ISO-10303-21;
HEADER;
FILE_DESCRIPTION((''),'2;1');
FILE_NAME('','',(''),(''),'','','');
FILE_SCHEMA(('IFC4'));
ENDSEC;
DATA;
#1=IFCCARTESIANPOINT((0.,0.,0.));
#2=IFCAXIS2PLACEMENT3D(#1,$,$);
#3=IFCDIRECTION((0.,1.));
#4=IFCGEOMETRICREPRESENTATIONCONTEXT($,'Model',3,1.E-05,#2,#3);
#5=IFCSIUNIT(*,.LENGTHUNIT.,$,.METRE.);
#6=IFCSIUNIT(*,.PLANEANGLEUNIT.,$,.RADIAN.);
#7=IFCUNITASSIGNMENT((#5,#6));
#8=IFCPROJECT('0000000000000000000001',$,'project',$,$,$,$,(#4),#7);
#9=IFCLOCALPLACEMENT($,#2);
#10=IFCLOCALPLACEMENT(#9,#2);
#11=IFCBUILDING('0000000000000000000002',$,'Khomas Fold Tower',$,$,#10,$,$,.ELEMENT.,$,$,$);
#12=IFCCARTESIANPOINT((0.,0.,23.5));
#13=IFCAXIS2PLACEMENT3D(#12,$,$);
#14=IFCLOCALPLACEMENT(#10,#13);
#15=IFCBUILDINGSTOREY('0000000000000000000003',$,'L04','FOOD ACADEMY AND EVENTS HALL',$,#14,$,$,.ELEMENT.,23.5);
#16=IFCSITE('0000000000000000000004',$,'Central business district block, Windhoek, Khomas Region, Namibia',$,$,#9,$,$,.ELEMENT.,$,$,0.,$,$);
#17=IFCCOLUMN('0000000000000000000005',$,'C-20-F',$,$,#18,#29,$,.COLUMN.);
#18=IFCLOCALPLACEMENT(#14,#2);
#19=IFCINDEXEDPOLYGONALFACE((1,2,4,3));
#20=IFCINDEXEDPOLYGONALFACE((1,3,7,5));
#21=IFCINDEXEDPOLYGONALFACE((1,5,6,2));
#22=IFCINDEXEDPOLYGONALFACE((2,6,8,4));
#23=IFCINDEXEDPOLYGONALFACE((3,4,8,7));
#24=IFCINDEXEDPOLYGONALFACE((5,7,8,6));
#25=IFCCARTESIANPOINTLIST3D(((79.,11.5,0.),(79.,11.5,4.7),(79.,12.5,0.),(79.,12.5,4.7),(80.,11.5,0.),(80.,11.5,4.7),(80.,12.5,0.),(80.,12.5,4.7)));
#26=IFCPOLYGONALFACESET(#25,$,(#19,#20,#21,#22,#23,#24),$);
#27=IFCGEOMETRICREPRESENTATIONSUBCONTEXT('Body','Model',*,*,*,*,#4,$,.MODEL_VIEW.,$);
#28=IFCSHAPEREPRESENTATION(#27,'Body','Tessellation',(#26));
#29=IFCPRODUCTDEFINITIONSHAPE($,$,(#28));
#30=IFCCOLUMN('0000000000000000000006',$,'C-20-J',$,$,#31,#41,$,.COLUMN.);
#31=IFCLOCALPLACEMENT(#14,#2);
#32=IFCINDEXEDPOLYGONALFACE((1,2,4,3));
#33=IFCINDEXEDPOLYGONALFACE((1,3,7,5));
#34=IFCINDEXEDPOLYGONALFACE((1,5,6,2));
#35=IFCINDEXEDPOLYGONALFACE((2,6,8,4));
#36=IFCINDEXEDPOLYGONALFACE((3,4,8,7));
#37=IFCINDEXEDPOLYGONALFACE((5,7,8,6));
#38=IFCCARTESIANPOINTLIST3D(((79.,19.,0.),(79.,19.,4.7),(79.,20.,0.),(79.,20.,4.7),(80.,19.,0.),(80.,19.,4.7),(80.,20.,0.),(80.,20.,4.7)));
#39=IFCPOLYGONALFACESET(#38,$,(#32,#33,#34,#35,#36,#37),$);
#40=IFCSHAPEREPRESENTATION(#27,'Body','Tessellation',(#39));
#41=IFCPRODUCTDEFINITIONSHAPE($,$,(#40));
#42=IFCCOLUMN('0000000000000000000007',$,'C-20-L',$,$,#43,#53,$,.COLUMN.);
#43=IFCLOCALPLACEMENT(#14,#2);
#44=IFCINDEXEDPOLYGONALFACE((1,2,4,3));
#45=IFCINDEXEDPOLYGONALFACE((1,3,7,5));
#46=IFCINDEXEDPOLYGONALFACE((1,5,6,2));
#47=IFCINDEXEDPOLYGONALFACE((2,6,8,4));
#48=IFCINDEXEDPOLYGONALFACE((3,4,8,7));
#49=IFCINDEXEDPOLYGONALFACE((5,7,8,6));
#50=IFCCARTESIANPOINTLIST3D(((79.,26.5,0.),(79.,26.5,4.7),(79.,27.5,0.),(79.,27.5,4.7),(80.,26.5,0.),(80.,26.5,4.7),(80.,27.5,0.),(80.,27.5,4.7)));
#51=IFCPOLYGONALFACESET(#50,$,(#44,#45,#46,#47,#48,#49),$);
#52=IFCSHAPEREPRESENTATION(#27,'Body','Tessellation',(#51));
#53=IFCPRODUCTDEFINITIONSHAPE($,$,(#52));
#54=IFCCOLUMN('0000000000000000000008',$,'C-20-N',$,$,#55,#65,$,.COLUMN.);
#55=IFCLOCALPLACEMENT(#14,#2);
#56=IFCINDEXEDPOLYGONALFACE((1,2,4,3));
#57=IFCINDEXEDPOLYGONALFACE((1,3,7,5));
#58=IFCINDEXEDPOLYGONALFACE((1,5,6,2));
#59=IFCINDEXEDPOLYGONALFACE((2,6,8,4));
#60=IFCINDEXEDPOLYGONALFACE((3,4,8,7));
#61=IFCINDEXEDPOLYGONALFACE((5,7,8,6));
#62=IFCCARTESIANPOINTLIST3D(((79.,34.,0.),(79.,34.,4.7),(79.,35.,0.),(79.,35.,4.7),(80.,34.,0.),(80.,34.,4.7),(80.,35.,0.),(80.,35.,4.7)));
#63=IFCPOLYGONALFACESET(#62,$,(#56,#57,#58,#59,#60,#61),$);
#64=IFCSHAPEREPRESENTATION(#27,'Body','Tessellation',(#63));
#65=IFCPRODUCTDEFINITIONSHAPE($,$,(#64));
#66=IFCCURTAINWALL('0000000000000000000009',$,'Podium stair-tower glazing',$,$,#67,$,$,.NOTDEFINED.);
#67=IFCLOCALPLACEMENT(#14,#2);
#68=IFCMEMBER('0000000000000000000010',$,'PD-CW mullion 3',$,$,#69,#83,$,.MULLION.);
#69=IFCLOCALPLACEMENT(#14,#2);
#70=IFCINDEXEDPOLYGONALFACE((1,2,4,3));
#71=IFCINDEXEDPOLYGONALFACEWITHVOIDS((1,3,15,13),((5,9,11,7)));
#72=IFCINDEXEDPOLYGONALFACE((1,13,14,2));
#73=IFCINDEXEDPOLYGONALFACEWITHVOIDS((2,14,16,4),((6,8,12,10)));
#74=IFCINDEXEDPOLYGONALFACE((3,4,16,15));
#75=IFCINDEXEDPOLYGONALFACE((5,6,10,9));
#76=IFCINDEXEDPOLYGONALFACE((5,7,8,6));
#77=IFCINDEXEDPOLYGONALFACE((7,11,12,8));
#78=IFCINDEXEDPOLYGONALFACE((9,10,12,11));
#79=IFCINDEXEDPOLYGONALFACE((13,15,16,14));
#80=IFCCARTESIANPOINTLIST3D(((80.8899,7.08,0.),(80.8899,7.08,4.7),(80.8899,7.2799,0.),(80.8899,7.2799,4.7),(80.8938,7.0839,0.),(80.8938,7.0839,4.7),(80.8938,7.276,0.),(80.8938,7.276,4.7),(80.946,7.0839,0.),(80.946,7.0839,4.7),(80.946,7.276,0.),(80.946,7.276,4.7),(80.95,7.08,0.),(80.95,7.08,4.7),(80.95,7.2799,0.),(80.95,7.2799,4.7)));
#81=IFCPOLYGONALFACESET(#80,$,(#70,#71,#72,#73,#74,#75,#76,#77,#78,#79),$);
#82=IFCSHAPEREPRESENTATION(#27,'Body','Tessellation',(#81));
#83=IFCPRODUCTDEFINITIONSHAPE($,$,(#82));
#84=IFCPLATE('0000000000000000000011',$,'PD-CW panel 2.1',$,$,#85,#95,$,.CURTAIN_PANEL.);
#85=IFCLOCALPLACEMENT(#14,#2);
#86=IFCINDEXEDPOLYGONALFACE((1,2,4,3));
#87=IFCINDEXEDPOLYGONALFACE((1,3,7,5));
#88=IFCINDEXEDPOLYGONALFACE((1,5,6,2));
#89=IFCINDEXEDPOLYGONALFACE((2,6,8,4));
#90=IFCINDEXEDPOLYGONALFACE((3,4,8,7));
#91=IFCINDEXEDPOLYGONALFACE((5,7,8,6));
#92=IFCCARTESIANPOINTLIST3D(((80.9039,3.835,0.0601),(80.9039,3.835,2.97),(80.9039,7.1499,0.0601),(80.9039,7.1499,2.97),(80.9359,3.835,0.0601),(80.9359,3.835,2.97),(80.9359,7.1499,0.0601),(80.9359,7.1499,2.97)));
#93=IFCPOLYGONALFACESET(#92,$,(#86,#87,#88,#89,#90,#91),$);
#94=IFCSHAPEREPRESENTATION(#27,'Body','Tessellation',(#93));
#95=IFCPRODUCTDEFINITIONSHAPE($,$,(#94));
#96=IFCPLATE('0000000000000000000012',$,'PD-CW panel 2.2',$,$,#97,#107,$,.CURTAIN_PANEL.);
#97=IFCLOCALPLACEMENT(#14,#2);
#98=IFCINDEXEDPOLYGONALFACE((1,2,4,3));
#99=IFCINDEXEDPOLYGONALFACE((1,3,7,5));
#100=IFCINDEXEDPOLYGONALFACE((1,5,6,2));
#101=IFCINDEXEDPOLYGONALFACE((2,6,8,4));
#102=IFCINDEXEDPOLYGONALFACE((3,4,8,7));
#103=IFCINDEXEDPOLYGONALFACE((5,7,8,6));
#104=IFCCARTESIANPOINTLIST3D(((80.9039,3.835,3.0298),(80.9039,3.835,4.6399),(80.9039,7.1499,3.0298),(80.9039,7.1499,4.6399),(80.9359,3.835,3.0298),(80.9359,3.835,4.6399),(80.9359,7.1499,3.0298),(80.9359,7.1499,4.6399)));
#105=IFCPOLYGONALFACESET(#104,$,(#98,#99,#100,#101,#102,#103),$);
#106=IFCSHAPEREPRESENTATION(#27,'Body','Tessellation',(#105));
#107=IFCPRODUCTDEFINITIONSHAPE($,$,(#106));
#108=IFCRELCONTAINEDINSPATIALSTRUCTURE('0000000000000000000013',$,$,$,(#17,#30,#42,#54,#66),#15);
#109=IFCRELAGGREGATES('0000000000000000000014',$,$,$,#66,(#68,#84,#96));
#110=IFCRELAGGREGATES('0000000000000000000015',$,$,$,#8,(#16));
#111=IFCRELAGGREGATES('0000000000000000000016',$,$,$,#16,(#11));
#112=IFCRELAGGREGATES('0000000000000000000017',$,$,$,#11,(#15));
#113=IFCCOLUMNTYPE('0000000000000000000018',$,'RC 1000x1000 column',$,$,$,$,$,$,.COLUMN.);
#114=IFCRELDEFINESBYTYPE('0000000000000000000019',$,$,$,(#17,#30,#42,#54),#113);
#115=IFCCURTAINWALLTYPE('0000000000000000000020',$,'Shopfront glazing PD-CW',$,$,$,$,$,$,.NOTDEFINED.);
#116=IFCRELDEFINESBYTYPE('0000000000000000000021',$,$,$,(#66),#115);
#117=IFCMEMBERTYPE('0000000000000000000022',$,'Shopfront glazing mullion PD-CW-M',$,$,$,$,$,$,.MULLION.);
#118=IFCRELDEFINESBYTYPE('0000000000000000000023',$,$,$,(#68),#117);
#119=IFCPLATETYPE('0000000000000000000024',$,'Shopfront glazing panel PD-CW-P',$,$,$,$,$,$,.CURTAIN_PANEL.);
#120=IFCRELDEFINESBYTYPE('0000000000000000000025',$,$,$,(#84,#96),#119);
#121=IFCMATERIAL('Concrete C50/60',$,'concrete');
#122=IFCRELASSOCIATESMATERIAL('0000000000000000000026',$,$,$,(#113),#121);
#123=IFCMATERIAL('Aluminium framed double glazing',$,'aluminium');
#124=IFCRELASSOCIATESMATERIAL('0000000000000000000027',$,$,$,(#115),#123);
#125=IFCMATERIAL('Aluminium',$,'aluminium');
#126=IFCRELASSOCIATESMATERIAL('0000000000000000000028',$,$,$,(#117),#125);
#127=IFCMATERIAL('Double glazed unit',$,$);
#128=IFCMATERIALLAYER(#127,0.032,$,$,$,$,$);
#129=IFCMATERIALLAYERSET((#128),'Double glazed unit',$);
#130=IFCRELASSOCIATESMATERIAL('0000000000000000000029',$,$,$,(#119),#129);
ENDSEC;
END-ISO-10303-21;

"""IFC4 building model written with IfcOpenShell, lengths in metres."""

from ifc_helpers import new_model, si_unit, direction, frame, origin, origin_2d, place, context, subcontext, project, spatial, rectangle, hollow_rectangle, extrude, source, transform, mapped, material, layer, layer_set, material_profile, profile_set, type_object, element, aggregate, save


model = new_model("IFC4")

# Units and contexts
model_context = context("Model", 3, precision=1e-05, world=origin(), true_north=direction((0.0, 1.0)))
body_context = subcontext(model_context, "Body", "Model", "MODEL_VIEW")
ifc_project = project(units=[si_unit("LENGTHUNIT", "METRE"), si_unit("PLANEANGLEUNIT", "RADIAN")], contexts=[model_context])

# Site, building, storey
site_placement = place(None, origin())
site = spatial("IfcSite", under=ifc_project, at=site_placement, Name="Central business district block, Windhoek, Khomas Region, Namibia", CompositionType="ELEMENT", RefElevation=0.0)
building_placement = place(site_placement, origin())
building = spatial("IfcBuilding", under=site, at=building_placement, Name="Khomas Fold Tower", CompositionType="ELEMENT")
storey_placement = place(building_placement, frame((0.0, 0.0, 23.5)))
storey = spatial("IfcBuildingStorey", under=building, at=storey_placement, Name="L04", Description="FOOD ACADEMY AND EVENTS HALL", CompositionType="ELEMENT", Elevation=23.5)

# Columns
ifc_material_1 = material(Name="Concrete C50/60", Category="concrete")
ifc_material_profile_1 = material_profile(ifc_material_1, rectangle(XDim=1.0, YDim=1.0, at=origin_2d()), Name="RC 1000x1000")
ifc_profile_set_1 = profile_set([ifc_material_profile_1], Name="Concrete C50/60")
column_type = type_object("IfcColumnType", Name="RC 1000x1000 column", PredefinedType="COLUMN", material=ifc_profile_set_1)
shared_shape_1 = source(origin(), body_context, "Body", "SweptSolid", [
    extrude(rectangle(XDim=1.0, YDim=1.0, at=origin_2d()), origin(), (0.0, 0.0, 1.0), 4.7),
])
for number, where, z_axis, x_axis, name in (
    (1, (79.5, 12.0, 0.0), (0.0, 0.0, 1.0), (1.0, 0.0, 0.0), "C-20-F"),
    (2, (79.5, 19.5, 0.0), (0.0, 0.0, 1.0), (1.0, 0.0, 0.0), "C-20-J"),
    (3, (79.5, 27.0, 0.0), (0.0, 0.0, 1.0), (1.0, 0.0, 0.0), "C-20-L"),
    (4, (79.5, 34.5, 0.0), (0.0, 0.0, 1.0), (1.0, 0.0, 0.0), "C-20-N"),
):
    element("IfcColumn", number, at=place(storey_placement, frame(where, z_axis=z_axis, x_axis=x_axis)), inside=storey, type_object=column_type, Name=name, PredefinedType="COLUMN", context=body_context, shape_type="MappedRepresentation", body=[
        mapped(shared_shape_1, transform((0.0, 0.0, 0.0))),
    ])

# Curtain wall, member, plates
ifc_material_2 = material(Name="Aluminium framed double glazing", Category="aluminium")
curtain_wall_type = type_object("IfcCurtainWallType", Name="Shopfront glazing PD-CW", PredefinedType="NOTDEFINED", material=ifc_material_2)
curtain_wall_placement = place(storey_placement, origin())
curtain_wall = element("IfcCurtainWall", 5, at=curtain_wall_placement, inside=storey, type_object=curtain_wall_type, Name="Podium stair-tower glazing", PredefinedType="NOTDEFINED")
ifc_material_3 = material(Name="Aluminium", Category="aluminium")
ifc_material_profile_2 = material_profile(ifc_material_3, hollow_rectangle(XDim=0.0601, YDim=0.2, WallThickness=0.0039, at=origin_2d()), Name="Shopfront glazing mullion PD-CW-M")
ifc_profile_set_2 = profile_set([ifc_material_profile_2], Name="Aluminium")
member_type = type_object("IfcMemberType", Name="Shopfront glazing mullion PD-CW-M", PredefinedType="MULLION", material=ifc_profile_set_2)
shared_shape_2 = source(origin(), body_context, "Body", "SweptSolid", [
    extrude(hollow_rectangle(XDim=0.0601, YDim=0.2, WallThickness=0.0039, at=origin_2d()), origin(), (0.0, 0.0, 1.0), 4.7),
])
member_placement = place(storey_placement, frame((80.9199, 7.1799, 0.0), z_axis=(0.0, 0.0, 1.0), x_axis=(-1.0, 0.0, 0.0)))
member = element("IfcMember", 6, at=member_placement, type_object=member_type, Name="PD-CW mullion 3", PredefinedType="MULLION", context=body_context, shape_type="MappedRepresentation", body=[
    mapped(shared_shape_2, transform((0.0, 0.0, 0.0))),
])
ifc_material_4 = material(Name="Double glazed unit")
ifc_layer_1 = layer(ifc_material_4, 0.032)
ifc_layer_set_1 = layer_set([ifc_layer_1], Name="Double glazed unit")
plate_type = type_object("IfcPlateType", Name="Shopfront glazing panel PD-CW-P", PredefinedType="CURTAIN_PANEL", material=ifc_layer_set_1)
shared_shape_3 = source(origin(), body_context, "Body", "SweptSolid", [
    extrude(rectangle(XDim=3.3149, YDim=0.032, at=origin_2d()), origin(), (0.0, 0.0, 1.0), 2.9099),
])
plate_1_placement = place(storey_placement, frame((80.9199, 5.4924, 0.0601), z_axis=(0.0, 0.0, 1.0), x_axis=(0.0, 1.0, 0.0)))
plate_1 = element("IfcPlate", 7, at=plate_1_placement, type_object=plate_type, Name="PD-CW panel 2.1", PredefinedType="CURTAIN_PANEL", context=body_context, shape_type="MappedRepresentation", body=[
    mapped(shared_shape_3, transform((0.0, 0.0, 0.0))),
])
shared_shape_4 = source(origin(), body_context, "Body", "SweptSolid", [
    extrude(rectangle(XDim=3.3149, YDim=0.032, at=origin_2d()), origin(), (0.0, 0.0, 1.0), 1.6101),
])
plate_2_placement = place(storey_placement, frame((80.9199, 5.4924, 3.0298), z_axis=(0.0, 0.0, 1.0), x_axis=(0.0, 1.0, 0.0)))
plate_2 = element("IfcPlate", 8, at=plate_2_placement, type_object=plate_type, Name="PD-CW panel 2.2", PredefinedType="CURTAIN_PANEL", context=body_context, shape_type="MappedRepresentation", body=[
    mapped(shared_shape_4, transform((0.0, 0.0, 0.0))),
])
aggregate(curtain_wall, [member, plate_1, plate_2])

save(model, "model.ifc")
